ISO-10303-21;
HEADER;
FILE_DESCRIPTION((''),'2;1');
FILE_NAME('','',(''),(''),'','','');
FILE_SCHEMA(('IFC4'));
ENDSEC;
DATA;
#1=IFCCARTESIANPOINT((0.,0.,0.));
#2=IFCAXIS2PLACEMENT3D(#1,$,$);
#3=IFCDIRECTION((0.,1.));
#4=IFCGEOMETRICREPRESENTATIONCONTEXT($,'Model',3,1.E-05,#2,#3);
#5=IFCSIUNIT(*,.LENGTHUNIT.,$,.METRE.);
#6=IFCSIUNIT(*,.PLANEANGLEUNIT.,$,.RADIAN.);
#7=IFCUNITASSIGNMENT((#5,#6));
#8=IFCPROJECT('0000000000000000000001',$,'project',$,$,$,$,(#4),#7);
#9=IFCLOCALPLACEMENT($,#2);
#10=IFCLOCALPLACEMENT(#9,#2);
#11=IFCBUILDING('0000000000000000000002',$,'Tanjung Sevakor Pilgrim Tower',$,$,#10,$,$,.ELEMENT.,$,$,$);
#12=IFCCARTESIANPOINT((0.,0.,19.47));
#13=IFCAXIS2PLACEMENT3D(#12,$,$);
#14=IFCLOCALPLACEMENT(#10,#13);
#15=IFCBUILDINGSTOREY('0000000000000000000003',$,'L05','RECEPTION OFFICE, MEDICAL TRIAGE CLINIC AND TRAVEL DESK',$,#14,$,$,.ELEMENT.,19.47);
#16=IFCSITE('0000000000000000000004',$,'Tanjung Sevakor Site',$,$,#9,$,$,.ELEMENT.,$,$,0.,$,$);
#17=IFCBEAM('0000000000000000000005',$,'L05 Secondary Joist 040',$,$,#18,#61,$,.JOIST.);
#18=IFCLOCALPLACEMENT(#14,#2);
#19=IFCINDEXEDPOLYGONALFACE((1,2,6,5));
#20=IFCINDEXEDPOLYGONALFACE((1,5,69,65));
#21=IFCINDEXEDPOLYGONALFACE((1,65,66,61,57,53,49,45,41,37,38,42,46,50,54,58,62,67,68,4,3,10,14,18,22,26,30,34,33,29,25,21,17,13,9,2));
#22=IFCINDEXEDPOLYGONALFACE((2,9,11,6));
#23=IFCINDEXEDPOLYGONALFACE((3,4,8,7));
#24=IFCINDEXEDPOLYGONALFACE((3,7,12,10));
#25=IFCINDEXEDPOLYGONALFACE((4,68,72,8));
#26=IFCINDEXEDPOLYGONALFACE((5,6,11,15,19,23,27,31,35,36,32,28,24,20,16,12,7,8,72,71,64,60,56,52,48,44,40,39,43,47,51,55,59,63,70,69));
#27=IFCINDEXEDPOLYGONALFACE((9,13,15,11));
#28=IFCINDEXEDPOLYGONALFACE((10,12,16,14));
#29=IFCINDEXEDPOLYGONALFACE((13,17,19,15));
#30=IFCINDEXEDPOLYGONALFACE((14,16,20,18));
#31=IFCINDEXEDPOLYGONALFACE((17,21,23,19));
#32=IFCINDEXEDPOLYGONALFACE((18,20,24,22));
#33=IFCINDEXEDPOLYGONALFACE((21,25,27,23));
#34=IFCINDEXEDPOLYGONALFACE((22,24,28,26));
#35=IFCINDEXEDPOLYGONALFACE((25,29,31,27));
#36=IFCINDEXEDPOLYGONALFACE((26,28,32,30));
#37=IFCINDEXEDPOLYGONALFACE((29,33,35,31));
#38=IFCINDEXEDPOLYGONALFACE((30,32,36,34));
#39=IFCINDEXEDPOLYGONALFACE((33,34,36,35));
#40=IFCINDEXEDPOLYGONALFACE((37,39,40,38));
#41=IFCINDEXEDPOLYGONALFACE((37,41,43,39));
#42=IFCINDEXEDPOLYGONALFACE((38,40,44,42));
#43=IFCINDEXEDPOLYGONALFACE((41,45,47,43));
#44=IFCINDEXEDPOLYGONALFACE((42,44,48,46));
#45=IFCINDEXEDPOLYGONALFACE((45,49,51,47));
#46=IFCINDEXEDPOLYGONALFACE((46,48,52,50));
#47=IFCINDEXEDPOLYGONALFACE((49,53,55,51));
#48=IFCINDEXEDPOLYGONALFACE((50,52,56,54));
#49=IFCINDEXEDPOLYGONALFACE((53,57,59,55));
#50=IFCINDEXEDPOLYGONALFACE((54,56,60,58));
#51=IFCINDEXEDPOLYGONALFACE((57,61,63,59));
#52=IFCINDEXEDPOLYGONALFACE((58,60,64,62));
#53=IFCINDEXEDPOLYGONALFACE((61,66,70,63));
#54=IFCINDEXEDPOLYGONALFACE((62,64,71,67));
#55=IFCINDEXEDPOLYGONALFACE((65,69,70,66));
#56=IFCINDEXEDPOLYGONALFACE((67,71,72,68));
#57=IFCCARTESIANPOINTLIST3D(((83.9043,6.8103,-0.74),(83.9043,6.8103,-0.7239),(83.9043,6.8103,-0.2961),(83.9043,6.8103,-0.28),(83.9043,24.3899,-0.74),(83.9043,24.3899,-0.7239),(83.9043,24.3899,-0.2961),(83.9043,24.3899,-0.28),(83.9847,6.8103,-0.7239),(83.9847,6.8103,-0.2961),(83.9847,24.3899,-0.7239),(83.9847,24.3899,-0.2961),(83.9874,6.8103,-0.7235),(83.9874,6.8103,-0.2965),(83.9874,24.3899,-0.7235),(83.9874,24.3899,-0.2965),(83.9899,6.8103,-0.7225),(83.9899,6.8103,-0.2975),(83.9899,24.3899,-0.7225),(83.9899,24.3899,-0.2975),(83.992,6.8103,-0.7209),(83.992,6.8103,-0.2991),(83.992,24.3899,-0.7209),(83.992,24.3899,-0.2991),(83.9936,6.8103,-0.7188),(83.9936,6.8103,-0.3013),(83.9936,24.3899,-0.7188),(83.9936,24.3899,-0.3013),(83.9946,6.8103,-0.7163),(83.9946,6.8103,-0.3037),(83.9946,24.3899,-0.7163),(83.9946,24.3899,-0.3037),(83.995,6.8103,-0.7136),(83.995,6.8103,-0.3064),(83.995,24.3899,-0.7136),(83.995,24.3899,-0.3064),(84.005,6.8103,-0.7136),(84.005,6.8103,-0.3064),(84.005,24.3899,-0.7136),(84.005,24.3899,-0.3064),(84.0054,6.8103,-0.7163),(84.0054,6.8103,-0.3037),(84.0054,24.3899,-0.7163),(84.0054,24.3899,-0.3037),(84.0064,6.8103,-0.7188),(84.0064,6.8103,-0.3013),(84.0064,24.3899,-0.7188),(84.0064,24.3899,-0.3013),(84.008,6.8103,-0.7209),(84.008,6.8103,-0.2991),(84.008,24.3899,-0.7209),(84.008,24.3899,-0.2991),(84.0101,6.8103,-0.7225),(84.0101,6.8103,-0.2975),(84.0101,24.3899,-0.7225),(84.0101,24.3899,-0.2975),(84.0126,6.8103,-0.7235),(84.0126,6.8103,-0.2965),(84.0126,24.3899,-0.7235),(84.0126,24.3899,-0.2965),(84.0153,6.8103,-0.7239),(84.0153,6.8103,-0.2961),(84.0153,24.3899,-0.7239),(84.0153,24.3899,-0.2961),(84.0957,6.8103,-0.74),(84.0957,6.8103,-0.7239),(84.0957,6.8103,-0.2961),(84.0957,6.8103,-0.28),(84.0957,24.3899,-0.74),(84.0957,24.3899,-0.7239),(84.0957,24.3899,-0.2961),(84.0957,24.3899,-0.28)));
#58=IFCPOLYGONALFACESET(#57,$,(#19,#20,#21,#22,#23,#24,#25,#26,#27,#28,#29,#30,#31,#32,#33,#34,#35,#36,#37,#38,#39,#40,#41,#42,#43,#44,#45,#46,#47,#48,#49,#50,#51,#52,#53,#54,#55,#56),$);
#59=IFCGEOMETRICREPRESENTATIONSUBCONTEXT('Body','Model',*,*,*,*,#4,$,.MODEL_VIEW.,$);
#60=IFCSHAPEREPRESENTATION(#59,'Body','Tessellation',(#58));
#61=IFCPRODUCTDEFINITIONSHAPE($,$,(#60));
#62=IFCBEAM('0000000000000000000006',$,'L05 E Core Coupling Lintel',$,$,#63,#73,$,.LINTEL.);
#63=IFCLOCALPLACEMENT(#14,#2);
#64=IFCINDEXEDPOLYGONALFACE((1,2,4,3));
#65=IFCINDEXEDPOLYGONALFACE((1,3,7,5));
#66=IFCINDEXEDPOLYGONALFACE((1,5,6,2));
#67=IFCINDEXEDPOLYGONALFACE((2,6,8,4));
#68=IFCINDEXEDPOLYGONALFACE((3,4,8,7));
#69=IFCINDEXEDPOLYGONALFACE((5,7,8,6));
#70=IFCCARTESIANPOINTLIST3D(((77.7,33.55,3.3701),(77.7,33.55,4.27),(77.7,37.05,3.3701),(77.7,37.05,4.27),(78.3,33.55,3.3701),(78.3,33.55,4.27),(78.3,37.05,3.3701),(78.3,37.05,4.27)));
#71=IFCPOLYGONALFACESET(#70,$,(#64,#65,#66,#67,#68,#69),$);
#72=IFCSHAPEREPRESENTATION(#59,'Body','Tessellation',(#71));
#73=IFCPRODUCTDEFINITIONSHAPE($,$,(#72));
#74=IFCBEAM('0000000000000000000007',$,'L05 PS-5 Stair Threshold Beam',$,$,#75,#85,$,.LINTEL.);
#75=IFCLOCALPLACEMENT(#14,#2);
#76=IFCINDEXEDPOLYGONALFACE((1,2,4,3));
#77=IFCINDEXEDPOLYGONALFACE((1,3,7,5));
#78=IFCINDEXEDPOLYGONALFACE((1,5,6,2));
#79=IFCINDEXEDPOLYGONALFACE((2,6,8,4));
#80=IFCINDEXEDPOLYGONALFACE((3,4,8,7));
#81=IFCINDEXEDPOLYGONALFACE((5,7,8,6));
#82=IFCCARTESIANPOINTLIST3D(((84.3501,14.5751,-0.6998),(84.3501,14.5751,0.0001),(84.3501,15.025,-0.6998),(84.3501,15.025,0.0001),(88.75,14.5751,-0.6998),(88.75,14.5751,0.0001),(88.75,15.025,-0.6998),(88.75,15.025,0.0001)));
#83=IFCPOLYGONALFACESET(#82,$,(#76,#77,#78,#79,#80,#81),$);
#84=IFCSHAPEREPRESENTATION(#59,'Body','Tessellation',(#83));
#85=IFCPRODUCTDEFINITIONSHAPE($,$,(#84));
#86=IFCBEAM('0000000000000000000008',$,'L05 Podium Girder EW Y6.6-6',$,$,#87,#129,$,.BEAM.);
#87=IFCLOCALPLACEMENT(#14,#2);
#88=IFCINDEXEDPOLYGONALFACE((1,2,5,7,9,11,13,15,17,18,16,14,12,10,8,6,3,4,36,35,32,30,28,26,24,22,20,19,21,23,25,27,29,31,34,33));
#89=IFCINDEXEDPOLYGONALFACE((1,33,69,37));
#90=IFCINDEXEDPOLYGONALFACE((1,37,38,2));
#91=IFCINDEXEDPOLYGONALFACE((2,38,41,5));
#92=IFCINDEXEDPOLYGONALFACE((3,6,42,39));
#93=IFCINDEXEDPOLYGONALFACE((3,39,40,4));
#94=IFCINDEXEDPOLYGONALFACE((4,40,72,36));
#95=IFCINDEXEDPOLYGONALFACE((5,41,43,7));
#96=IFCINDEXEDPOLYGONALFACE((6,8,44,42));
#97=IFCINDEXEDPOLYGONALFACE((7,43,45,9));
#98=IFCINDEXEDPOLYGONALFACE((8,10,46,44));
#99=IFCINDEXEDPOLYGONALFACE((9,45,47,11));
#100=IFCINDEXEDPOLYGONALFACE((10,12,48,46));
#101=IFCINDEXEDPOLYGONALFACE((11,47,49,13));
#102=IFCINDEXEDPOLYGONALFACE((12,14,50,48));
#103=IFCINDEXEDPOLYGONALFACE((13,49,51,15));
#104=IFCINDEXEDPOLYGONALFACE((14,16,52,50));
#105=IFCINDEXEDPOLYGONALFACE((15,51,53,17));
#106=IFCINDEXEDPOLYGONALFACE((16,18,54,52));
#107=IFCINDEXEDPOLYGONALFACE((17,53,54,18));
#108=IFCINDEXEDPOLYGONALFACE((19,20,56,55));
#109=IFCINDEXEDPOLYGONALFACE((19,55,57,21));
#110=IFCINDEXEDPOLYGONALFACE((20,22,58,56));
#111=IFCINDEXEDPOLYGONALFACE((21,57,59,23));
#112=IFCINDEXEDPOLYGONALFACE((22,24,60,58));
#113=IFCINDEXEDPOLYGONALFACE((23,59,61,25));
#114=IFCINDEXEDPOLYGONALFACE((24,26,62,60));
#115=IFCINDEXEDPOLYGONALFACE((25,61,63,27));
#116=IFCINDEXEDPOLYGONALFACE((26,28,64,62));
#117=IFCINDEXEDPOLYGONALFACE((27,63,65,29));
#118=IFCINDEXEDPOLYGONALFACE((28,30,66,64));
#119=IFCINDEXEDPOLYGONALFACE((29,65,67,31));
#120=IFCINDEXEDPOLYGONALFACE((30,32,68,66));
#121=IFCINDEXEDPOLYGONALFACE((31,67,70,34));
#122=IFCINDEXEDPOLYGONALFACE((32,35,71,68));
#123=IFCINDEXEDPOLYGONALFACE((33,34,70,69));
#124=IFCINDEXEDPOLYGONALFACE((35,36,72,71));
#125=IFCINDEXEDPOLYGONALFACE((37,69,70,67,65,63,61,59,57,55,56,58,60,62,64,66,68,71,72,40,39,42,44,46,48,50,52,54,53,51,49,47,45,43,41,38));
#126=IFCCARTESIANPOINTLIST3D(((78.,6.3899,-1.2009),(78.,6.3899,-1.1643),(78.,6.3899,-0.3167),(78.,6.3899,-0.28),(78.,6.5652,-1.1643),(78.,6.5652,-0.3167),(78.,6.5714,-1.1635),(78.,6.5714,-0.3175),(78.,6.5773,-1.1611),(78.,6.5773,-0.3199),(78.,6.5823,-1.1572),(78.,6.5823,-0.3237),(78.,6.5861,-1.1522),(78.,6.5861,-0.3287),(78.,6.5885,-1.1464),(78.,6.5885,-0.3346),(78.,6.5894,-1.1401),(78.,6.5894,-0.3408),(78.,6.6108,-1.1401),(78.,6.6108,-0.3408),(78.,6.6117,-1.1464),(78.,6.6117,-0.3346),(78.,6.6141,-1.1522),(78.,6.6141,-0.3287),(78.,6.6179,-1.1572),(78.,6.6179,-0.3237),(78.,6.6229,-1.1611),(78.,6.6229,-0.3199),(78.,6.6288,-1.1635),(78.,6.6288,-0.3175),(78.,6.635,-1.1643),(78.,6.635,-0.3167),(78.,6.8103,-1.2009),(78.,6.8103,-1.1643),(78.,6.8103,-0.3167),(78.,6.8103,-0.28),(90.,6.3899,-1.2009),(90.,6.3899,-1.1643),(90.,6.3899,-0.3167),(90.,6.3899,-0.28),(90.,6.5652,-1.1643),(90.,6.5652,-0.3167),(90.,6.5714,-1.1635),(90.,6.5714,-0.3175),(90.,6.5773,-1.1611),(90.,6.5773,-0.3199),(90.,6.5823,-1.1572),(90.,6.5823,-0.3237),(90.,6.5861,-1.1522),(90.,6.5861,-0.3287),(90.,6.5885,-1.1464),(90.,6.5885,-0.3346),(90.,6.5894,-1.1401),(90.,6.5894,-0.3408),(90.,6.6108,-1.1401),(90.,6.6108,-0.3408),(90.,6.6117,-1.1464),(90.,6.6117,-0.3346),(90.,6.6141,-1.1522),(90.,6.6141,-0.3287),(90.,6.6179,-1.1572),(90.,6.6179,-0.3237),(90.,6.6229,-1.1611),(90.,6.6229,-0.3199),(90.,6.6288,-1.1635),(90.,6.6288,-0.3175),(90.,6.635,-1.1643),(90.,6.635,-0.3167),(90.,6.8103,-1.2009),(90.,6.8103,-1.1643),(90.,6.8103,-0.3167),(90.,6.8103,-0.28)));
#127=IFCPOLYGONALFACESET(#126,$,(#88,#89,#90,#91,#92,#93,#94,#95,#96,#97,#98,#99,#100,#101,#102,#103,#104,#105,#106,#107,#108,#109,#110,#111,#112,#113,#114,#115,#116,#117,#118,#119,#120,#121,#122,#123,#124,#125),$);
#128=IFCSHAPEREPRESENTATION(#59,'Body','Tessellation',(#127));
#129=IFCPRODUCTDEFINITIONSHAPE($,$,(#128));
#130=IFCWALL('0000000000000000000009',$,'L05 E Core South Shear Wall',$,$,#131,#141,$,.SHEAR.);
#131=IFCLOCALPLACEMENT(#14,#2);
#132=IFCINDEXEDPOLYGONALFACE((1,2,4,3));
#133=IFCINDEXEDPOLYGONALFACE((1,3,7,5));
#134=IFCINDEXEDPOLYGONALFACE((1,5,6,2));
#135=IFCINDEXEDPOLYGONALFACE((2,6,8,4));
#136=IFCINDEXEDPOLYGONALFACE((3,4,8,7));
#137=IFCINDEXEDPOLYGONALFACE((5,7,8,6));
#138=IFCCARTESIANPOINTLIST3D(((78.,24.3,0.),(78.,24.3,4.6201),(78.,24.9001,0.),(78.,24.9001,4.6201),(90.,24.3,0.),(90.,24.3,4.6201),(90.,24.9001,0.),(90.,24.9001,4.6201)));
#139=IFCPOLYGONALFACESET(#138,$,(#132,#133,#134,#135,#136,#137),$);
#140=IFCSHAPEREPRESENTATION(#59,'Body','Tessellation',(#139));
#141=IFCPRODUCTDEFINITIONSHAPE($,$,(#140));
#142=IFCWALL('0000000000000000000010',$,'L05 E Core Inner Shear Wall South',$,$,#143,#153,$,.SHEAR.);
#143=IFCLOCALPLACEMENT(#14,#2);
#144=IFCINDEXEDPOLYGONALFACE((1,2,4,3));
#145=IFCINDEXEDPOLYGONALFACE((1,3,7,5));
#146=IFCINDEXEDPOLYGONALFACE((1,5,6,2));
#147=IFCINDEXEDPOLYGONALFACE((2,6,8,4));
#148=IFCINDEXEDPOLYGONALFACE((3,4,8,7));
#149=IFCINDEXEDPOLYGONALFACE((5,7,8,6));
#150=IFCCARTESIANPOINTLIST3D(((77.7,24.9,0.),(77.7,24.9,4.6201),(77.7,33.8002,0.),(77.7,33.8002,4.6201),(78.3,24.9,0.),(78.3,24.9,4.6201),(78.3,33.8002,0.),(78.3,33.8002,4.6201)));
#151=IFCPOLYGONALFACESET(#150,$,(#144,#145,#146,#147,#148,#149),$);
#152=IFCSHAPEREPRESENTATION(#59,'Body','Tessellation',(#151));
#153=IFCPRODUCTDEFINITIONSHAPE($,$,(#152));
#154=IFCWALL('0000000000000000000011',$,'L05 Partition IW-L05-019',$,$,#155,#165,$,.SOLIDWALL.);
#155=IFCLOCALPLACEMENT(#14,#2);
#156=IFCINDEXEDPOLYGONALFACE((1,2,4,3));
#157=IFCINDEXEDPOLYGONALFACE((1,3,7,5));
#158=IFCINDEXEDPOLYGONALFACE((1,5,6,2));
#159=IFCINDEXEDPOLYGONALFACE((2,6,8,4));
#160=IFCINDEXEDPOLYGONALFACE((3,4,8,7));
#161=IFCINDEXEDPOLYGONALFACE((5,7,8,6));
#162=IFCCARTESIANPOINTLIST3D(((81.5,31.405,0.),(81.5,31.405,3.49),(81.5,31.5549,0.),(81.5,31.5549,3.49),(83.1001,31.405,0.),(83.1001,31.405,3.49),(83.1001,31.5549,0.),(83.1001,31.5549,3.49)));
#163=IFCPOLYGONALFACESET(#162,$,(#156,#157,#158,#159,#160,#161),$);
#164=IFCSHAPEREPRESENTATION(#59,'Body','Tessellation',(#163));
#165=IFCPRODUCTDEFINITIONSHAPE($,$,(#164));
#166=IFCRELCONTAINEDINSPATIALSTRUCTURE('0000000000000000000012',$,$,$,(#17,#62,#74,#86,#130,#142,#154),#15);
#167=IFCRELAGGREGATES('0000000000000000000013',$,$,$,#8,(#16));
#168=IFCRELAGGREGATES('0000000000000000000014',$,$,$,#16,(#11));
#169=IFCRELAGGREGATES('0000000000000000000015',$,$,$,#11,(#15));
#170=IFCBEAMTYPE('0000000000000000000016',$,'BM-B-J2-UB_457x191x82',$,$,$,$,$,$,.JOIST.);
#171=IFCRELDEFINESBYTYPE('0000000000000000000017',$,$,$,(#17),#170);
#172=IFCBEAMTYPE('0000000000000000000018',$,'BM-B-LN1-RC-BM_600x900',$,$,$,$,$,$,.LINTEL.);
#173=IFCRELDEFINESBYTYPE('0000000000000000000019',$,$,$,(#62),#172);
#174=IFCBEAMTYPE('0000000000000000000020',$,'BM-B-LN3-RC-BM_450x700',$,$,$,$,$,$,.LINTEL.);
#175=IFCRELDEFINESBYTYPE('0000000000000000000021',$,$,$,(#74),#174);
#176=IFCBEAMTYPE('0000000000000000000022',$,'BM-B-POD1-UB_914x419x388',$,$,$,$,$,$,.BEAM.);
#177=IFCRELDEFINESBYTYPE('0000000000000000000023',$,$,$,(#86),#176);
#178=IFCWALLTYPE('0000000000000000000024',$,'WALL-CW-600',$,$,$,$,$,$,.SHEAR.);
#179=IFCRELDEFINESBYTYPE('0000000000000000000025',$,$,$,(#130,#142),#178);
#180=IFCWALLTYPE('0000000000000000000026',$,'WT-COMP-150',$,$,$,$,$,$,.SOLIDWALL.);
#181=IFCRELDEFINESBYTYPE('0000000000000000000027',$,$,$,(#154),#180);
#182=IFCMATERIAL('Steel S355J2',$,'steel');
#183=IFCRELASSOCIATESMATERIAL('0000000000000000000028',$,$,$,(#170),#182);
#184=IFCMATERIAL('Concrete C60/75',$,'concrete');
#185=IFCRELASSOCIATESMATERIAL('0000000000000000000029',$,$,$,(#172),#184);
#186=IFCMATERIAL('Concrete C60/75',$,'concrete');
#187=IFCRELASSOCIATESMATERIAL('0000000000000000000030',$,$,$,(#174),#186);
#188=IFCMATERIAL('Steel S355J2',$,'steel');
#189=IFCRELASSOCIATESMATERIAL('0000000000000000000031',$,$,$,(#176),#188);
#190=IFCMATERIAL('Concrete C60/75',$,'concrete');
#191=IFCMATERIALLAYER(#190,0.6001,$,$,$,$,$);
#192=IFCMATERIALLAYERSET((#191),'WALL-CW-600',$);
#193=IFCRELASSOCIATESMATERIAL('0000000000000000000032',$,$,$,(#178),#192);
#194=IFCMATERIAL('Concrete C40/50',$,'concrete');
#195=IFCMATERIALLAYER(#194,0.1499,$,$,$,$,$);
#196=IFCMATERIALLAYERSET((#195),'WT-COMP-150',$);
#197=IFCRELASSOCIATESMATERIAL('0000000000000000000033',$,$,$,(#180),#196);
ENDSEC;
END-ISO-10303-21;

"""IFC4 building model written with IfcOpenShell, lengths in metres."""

from ifc_helpers import new_model, si_unit, direction, frame, frame_2d, origin, origin_2d, place, context, subcontext, project, spatial, rectangle, i_section, extrude, material, layer, layer_set, material_profile, profile_set, type_object, element, save


model = new_model("IFC4")

# Units and contexts
model_context = context("Model", 3, precision=1e-05, world=origin(), true_north=direction((0.0, 1.0)))
body_context = subcontext(model_context, "Body", "Model", "MODEL_VIEW")
ifc_project = project(units=[si_unit("LENGTHUNIT", "METRE"), si_unit("PLANEANGLEUNIT", "RADIAN")], contexts=[model_context])

# Site, building, storey
site_placement = place(None, origin())
site = spatial("IfcSite", under=ifc_project, at=site_placement, Name="Tanjung Sevakor Site", CompositionType="ELEMENT", RefElevation=0.0)
building_placement = place(site_placement, origin())
building = spatial("IfcBuilding", under=site, at=building_placement, Name="Tanjung Sevakor Pilgrim Tower", CompositionType="ELEMENT")
storey_placement = place(building_placement, frame((0.0, 0.0, 19.47)))
storey = spatial("IfcBuildingStorey", under=building, at=storey_placement, Name="L05", Description="RECEPTION OFFICE, MEDICAL TRIAGE CLINIC AND TRAVEL DESK", CompositionType="ELEMENT", Elevation=19.47)

# Beams
ifc_material_1 = material(Name="Steel S355J2", Category="steel")
ifc_material_profile_1 = material_profile(ifc_material_1, i_section(OverallWidth=0.1914, OverallDepth=0.46, WebThickness=0.01, FlangeThickness=0.0161, FilletRadius=0.0103, at=origin_2d()))
ifc_profile_set_1 = profile_set([ifc_material_profile_1], Name="Steel S355J2")
beam_type_1 = type_object("IfcBeamType", Name="BM-B-J2-UB_457x191x82", PredefinedType="JOIST", material=ifc_profile_set_1)
for number, where, z_axis, x_axis, name in (
    (1, (84.0, 6.8103, -0.51), (0.0, 1.0, 0.0), (-1.0, 0.0, 0.0), "L05 Secondary Joist 040"),
):
    element("IfcBeam", number, at=place(storey_placement, frame(where, z_axis=z_axis, x_axis=x_axis)), inside=storey, type_object=beam_type_1, Name=name, PredefinedType="JOIST", context=body_context, shape_type="SweptSolid", body=[
        extrude(i_section(OverallWidth=0.1914, OverallDepth=0.46, WebThickness=0.01, FlangeThickness=0.0161, FilletRadius=0.0103, at=origin_2d()), origin(), (0.0, 0.0, 1.0), 17.5796),
    ])
ifc_material_2 = material(Name="Concrete C60/75", Category="concrete")
ifc_material_profile_2 = material_profile(ifc_material_2, rectangle(XDim=0.6001, YDim=0.8999, at=origin_2d()))
ifc_profile_set_2 = profile_set([ifc_material_profile_2], Name="Concrete C60/75")
beam_type_2 = type_object("IfcBeamType", Name="BM-B-LN1-RC-BM_600x900", PredefinedType="LINTEL", material=ifc_profile_set_2)
beam_1_placement = place(storey_placement, frame((78.0, 33.55, 3.8201), z_axis=(0.0, 1.0, 0.0), x_axis=(-1.0, 0.0, 0.0)))
element("IfcBeam", 2, at=beam_1_placement, inside=storey, type_object=beam_type_2, Name="L05 E Core Coupling Lintel", PredefinedType="LINTEL", context=body_context, shape_type="SweptSolid", body=[
    extrude(rectangle(XDim=0.6001, YDim=0.8999, at=origin_2d()), origin(), (0.0, 0.0, 1.0), 3.5),
])
ifc_material_3 = material(Name="Concrete C60/75", Category="concrete")
ifc_material_profile_3 = material_profile(ifc_material_3, rectangle(XDim=0.45, YDim=0.7, at=origin_2d()))
ifc_profile_set_3 = profile_set([ifc_material_profile_3], Name="Concrete C60/75")
beam_type_3 = type_object("IfcBeamType", Name="BM-B-LN3-RC-BM_450x700", PredefinedType="LINTEL", material=ifc_profile_set_3)
beam_2_placement = place(storey_placement, frame((84.3501, 14.8, -0.3499), z_axis=(1.0, 0.0, 0.0), x_axis=(0.0, 1.0, 0.0)))
element("IfcBeam", 3, at=beam_2_placement, inside=storey, type_object=beam_type_3, Name="L05 PS-5 Stair Threshold Beam", PredefinedType="LINTEL", context=body_context, shape_type="SweptSolid", body=[
    extrude(rectangle(XDim=0.45, YDim=0.7, at=origin_2d()), origin(), (0.0, 0.0, 1.0), 4.3999),
])
ifc_material_4 = material(Name="Steel S355J2", Category="steel")
ifc_material_profile_4 = material_profile(ifc_material_4, i_section(OverallWidth=0.4204, OverallDepth=0.9209, WebThickness=0.0215, FlangeThickness=0.0366, FilletRadius=0.0242, at=origin_2d()))
ifc_profile_set_4 = profile_set([ifc_material_profile_4], Name="Steel S355J2")
beam_type_4 = type_object("IfcBeamType", Name="BM-B-POD1-UB_914x419x388", PredefinedType="BEAM", material=ifc_profile_set_4)
beam_3_placement = place(storey_placement, frame((78.0, 6.6001, -0.7405), z_axis=(1.0, 0.0, 0.0), x_axis=(0.0, 1.0, 0.0)))
element("IfcBeam", 4, at=beam_3_placement, inside=storey, type_object=beam_type_4, Name="L05 Podium Girder EW Y6.6-6", PredefinedType="BEAM", context=body_context, shape_type="SweptSolid", body=[
    extrude(i_section(OverallWidth=0.4204, OverallDepth=0.9209, WebThickness=0.0215, FlangeThickness=0.0366, FilletRadius=0.0242, at=origin_2d()), origin(), (0.0, 0.0, 1.0), 12.0),
])

# Walls
ifc_material_5 = material(Name="Concrete C60/75", Category="concrete")
ifc_layer_1 = layer(ifc_material_5, 0.6001)
ifc_layer_set_1 = layer_set([ifc_layer_1], Name="WALL-CW-600")
wall_type_1 = type_object("IfcWallType", Name="WALL-CW-600", PredefinedType="SHEAR", material=ifc_layer_set_1)
wall_1_placement = place(storey_placement, frame((78.0, 24.6001, 0.0), z_axis=(0.0, 0.0, 1.0), x_axis=(1.0, 0.0, 0.0)))
element("IfcWall", 5, at=wall_1_placement, inside=storey, type_object=wall_type_1, Name="L05 E Core South Shear Wall", PredefinedType="SHEAR", context=body_context, shape_type="SweptSolid", body=[
    extrude(rectangle(XDim=12.0, YDim=0.6001, at=frame_2d((6.0, 0.0))), origin(), (0.0, 0.0, 1.0), 4.6201),
])
wall_2_placement = place(storey_placement, frame((78.0, 24.8999, 0.0), z_axis=(0.0, 0.0, 1.0), x_axis=(0.0, 1.0, 0.0)))
element("IfcWall", 6, at=wall_2_placement, inside=storey, type_object=wall_type_1, Name="L05 E Core Inner Shear Wall South", PredefinedType="SHEAR", context=body_context, shape_type="SweptSolid", body=[
    extrude(rectangle(XDim=8.9001, YDim=0.6001, at=frame_2d((4.4502, 0.0))), origin(), (0.0, 0.0, 1.0), 4.6201),
])
ifc_material_6 = material(Name="Concrete C40/50", Category="concrete")
ifc_layer_2 = layer(ifc_material_6, 0.1499)
ifc_layer_set_2 = layer_set([ifc_layer_2], Name="WT-COMP-150")
wall_type_2 = type_object("IfcWallType", Name="WT-COMP-150", PredefinedType="SOLIDWALL", material=ifc_layer_set_2)
wall_3_placement = place(storey_placement, frame((81.5, 31.48, 0.0), z_axis=(0.0, 0.0, 1.0), x_axis=(1.0, 0.0, 0.0)))
element("IfcWall", 7, at=wall_3_placement, inside=storey, type_object=wall_type_2, Name="L05 Partition IW-L05-019", PredefinedType="SOLIDWALL", context=body_context, shape_type="SweptSolid", body=[
    extrude(rectangle(XDim=1.6001, YDim=0.1499, at=frame_2d((0.8, 0.0))), origin(), (0.0, 0.0, 1.0), 3.49),
])

save(model, "model.ifc")
